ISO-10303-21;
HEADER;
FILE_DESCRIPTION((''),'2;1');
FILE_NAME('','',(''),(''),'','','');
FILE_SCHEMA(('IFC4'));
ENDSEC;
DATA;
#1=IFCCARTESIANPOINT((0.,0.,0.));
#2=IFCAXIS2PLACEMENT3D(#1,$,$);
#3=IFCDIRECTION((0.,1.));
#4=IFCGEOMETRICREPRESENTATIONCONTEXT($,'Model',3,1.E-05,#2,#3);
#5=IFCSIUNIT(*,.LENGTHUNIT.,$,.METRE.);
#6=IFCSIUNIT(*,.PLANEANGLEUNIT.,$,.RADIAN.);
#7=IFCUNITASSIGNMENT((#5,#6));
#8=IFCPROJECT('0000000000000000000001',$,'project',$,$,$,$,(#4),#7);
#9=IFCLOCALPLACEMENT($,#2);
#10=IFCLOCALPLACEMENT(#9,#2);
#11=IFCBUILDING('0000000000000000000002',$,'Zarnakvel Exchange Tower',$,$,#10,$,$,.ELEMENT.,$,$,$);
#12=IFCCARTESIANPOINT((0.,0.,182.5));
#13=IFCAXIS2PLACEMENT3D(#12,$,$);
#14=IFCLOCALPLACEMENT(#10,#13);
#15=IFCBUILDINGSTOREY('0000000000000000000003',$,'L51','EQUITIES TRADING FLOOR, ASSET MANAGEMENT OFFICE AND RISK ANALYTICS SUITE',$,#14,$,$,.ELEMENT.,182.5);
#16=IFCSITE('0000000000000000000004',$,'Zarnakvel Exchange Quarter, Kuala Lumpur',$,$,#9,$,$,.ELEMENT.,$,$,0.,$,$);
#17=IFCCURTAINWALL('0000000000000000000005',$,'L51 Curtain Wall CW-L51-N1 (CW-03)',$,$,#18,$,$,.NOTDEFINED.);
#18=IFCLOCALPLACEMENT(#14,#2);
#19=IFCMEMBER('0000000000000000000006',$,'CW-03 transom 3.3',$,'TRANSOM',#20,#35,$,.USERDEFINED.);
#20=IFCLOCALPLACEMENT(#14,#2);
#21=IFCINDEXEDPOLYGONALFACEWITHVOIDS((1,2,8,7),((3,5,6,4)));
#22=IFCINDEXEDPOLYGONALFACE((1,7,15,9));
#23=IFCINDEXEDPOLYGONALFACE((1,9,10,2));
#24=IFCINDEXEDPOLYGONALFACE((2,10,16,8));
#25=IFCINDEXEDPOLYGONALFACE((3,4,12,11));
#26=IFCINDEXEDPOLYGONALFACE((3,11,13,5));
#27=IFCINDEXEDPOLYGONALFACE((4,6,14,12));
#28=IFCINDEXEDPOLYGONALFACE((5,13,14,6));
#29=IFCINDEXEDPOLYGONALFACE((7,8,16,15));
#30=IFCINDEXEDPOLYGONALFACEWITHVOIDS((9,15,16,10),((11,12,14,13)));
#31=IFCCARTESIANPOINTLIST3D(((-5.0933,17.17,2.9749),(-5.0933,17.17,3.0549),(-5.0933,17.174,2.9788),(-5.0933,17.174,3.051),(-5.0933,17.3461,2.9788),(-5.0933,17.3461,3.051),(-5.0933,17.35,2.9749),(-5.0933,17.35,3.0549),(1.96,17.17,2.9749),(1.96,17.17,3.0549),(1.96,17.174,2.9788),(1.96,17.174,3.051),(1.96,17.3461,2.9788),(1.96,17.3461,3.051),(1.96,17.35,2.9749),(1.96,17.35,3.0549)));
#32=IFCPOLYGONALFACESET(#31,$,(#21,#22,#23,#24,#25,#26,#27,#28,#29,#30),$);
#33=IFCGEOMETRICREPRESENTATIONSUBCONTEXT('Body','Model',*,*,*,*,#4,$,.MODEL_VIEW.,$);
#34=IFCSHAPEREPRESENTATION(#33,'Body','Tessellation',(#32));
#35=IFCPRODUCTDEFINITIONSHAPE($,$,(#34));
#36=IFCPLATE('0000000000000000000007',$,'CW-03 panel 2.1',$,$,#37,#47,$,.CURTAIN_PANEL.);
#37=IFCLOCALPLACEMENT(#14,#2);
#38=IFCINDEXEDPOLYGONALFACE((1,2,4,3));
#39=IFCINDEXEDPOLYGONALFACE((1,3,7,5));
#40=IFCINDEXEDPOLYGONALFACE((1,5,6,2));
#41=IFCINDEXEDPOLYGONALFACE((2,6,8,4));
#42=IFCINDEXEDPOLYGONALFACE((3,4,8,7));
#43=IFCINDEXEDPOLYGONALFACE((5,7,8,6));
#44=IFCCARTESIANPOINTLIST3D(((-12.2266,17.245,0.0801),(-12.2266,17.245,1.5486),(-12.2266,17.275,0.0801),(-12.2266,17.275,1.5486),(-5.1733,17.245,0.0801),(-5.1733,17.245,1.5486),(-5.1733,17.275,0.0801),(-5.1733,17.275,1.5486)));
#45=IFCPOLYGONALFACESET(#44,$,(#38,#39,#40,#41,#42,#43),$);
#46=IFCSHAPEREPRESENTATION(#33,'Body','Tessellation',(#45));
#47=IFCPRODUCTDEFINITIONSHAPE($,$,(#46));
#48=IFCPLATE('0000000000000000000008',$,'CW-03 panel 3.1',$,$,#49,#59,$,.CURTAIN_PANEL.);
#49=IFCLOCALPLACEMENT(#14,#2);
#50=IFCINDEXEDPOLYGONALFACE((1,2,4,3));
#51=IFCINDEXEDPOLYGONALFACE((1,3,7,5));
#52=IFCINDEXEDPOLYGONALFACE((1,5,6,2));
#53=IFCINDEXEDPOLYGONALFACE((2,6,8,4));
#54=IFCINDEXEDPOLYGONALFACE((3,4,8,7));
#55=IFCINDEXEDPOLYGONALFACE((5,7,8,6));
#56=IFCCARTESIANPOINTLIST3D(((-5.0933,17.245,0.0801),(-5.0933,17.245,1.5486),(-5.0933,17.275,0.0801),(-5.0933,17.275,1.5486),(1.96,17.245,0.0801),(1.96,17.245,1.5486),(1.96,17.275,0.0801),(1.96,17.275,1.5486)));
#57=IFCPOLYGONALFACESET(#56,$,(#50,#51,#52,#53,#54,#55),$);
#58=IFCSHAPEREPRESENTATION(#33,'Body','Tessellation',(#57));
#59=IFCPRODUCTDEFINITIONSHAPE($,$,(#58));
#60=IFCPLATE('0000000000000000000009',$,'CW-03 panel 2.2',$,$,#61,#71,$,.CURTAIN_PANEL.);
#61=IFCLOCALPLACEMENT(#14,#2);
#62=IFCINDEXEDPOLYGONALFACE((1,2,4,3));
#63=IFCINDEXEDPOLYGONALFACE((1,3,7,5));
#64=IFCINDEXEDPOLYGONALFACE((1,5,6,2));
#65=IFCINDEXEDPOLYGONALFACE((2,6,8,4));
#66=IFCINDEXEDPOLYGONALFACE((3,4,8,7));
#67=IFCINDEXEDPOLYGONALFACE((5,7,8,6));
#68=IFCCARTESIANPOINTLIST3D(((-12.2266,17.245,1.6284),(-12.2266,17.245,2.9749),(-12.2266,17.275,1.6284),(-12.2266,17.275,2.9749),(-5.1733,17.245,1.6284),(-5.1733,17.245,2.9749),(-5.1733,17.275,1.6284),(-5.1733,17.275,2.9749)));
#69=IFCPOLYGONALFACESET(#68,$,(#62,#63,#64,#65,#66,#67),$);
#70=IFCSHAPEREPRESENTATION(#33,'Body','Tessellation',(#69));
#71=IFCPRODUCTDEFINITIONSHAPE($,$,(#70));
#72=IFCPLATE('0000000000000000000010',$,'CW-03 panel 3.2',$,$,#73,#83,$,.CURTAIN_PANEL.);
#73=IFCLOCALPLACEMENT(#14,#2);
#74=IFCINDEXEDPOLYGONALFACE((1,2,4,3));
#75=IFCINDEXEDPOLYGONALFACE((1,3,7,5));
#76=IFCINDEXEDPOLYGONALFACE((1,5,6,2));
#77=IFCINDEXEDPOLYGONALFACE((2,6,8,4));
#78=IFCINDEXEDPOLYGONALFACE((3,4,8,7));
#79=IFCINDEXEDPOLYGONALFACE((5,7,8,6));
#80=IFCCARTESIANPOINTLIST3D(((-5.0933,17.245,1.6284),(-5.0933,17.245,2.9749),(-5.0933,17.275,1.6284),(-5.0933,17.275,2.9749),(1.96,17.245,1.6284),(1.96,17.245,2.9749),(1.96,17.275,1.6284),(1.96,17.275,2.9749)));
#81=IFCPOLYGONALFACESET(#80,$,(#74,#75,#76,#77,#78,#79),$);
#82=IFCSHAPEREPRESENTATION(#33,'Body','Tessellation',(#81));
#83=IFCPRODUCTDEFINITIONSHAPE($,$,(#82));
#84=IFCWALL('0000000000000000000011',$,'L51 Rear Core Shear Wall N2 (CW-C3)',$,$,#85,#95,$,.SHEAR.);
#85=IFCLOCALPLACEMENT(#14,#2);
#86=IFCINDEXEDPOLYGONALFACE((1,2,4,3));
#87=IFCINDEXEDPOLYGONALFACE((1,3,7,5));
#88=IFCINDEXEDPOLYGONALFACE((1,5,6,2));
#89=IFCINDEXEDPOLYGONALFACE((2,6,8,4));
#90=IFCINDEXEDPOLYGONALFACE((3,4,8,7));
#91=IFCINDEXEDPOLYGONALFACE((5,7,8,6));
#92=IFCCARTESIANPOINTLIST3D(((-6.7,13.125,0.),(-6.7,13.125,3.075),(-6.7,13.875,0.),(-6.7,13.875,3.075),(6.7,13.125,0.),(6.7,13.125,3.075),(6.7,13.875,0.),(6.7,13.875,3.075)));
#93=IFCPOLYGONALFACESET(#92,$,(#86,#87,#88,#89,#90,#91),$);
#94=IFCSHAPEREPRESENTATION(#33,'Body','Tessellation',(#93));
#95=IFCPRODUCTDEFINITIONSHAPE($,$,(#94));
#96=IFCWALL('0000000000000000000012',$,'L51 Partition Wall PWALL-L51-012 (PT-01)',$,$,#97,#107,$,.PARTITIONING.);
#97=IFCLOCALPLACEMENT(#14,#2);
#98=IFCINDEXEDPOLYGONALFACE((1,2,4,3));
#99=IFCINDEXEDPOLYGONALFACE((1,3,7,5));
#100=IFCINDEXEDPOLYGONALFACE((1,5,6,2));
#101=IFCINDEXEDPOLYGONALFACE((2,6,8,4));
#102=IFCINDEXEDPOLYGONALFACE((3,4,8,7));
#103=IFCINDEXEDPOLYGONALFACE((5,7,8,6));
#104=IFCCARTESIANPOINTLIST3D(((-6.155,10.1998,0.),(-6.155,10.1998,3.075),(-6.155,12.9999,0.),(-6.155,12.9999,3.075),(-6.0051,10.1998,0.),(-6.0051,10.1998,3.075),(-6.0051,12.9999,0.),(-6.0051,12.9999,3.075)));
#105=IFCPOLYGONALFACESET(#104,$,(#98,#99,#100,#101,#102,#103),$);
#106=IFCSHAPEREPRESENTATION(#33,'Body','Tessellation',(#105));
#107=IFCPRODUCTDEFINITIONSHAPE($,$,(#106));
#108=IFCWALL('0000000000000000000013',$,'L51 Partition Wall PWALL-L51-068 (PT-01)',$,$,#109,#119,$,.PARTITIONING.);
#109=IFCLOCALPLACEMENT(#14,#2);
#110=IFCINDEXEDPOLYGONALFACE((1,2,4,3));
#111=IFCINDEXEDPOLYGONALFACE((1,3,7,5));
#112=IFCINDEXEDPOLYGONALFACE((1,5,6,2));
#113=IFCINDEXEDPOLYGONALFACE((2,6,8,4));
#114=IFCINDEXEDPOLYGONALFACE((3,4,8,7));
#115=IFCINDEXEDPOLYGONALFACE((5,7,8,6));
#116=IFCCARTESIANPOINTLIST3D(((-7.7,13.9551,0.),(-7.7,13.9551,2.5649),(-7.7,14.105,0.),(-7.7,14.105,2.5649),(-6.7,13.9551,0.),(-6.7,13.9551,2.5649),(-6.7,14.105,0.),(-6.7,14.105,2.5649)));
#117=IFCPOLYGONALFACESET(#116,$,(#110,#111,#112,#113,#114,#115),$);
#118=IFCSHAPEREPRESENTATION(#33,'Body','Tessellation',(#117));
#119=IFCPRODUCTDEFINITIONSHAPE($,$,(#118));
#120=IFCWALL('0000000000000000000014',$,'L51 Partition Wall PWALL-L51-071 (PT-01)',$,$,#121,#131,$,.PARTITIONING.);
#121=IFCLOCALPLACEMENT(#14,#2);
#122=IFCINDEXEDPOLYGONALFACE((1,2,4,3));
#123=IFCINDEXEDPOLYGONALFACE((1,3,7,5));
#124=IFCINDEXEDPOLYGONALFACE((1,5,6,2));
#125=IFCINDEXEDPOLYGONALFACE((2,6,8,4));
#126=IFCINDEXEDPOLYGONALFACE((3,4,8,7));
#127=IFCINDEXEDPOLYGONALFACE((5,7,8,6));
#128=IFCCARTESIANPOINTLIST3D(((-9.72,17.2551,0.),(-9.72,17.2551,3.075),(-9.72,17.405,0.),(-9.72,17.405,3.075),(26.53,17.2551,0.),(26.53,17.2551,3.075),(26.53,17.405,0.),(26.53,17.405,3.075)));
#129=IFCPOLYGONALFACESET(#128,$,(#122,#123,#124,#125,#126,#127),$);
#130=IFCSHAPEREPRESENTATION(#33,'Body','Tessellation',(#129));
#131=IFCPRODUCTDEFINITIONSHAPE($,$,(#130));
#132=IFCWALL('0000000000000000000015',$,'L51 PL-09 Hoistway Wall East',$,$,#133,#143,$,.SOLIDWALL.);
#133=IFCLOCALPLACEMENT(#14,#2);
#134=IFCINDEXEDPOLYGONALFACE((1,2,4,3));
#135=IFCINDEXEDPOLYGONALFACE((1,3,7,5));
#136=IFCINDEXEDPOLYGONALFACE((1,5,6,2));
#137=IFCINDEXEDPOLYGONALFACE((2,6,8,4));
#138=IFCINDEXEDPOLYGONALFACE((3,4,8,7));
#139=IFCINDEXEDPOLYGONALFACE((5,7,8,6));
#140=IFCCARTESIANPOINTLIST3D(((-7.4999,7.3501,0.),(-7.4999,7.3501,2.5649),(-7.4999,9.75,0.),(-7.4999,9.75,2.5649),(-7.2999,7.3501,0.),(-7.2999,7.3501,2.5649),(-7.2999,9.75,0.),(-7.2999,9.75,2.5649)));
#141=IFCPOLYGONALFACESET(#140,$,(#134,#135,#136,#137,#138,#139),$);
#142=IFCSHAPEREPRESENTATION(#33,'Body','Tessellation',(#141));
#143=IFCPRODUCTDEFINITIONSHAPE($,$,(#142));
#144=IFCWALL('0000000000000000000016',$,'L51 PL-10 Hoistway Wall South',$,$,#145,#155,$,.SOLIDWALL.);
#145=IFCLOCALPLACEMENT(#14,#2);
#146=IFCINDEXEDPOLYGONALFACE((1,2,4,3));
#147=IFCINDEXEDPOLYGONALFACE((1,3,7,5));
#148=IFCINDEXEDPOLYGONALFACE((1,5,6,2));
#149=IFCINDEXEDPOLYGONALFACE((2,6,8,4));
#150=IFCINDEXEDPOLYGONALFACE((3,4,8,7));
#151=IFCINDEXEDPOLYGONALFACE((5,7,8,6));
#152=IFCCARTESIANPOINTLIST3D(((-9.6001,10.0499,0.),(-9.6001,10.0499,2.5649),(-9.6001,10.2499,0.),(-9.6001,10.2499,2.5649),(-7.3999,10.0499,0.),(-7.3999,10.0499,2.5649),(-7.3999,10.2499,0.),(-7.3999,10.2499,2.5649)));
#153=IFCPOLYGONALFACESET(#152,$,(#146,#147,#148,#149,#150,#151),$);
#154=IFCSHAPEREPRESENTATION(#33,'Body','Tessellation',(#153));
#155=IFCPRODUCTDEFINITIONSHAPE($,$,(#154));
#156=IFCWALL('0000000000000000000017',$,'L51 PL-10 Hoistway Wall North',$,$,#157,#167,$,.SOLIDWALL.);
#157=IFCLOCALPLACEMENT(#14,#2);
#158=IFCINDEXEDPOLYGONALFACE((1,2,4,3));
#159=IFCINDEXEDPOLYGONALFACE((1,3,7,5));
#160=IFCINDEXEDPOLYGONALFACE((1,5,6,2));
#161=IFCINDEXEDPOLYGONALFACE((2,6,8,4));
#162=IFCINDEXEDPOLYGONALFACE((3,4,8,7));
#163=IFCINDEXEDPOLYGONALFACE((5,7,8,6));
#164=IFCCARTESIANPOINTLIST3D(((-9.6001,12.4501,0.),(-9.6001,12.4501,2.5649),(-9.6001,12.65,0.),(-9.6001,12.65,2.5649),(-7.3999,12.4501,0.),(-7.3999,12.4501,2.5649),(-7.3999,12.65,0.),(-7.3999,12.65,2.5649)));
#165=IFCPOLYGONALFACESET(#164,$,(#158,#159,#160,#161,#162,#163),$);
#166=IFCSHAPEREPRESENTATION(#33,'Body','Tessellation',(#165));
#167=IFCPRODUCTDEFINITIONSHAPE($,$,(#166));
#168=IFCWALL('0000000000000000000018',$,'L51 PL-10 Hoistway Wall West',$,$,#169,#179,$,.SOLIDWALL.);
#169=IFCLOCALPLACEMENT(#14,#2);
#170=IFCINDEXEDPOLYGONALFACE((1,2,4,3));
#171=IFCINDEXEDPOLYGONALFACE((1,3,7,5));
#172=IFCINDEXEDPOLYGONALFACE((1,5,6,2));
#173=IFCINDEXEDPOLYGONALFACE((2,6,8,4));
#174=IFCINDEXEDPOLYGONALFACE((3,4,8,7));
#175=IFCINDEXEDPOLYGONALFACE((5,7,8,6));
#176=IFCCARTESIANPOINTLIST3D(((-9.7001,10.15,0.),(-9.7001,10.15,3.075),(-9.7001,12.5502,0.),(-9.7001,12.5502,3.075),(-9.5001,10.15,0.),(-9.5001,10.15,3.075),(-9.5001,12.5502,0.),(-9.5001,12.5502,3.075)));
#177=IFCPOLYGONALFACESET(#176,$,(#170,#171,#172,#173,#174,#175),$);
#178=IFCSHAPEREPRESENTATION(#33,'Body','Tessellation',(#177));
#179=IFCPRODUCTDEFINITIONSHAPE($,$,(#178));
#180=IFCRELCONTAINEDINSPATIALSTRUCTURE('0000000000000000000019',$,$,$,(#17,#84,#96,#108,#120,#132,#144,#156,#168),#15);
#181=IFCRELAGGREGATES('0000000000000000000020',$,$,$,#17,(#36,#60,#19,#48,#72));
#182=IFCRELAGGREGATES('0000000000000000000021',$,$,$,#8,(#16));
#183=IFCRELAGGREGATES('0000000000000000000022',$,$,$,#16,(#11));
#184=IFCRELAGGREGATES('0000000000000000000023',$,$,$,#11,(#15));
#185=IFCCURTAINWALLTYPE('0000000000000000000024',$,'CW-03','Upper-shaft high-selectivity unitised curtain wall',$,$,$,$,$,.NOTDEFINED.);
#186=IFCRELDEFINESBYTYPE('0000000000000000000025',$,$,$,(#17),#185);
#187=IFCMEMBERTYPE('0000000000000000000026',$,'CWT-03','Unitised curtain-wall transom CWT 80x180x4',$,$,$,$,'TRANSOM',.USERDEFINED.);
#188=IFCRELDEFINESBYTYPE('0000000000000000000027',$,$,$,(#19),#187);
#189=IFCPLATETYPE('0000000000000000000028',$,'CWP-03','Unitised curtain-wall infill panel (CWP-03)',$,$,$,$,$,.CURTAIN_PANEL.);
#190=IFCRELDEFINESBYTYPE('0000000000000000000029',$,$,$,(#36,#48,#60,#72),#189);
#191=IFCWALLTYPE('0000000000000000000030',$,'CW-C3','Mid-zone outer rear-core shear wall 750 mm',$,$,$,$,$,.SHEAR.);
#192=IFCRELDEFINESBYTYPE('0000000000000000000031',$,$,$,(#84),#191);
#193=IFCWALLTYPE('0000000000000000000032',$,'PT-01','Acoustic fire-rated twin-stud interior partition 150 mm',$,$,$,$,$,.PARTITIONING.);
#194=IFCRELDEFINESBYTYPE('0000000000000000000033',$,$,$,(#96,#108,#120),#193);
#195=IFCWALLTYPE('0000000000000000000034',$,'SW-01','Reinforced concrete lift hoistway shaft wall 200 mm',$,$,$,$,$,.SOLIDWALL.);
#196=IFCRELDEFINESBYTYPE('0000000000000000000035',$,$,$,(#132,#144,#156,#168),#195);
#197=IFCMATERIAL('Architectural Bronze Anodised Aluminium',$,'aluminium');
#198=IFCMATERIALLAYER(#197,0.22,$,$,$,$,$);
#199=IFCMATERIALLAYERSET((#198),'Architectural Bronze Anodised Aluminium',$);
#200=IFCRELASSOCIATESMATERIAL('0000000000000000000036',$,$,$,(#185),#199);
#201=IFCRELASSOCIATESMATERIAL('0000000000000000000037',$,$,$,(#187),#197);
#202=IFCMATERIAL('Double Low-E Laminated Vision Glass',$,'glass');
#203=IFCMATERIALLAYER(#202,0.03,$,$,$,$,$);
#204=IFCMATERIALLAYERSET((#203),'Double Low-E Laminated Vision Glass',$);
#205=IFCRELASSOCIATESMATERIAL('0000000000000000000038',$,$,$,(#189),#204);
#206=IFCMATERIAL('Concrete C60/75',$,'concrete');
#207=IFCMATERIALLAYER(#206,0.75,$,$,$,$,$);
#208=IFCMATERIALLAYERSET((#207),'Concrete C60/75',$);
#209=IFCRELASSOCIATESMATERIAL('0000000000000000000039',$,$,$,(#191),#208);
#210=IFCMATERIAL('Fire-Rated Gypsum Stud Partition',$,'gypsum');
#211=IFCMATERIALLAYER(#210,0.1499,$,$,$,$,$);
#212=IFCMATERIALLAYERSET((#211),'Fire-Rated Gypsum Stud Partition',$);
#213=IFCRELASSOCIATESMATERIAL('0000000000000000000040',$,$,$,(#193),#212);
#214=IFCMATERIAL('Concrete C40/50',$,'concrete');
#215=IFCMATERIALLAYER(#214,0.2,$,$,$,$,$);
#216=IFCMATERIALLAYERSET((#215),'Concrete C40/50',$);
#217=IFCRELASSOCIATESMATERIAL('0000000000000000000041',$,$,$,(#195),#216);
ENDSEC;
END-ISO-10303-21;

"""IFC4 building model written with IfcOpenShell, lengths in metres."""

from ifc_helpers import new_model, si_unit, direction, frame, frame_2d, origin, origin_2d, place, context, subcontext, project, spatial, rectangle, hollow_rectangle, extrude, source, transform, mapped, material, layer, layer_set, material_profile, profile_set, type_object, element, aggregate, save


model = new_model("IFC4")

# Units and contexts
model_context = context("Model", 3, precision=1e-05, world=origin(), true_north=direction((0.0, 1.0)))
body_context = subcontext(model_context, "Body", "Model", "MODEL_VIEW")
ifc_project = project(units=[si_unit("LENGTHUNIT", "METRE"), si_unit("PLANEANGLEUNIT", "RADIAN")], contexts=[model_context])

# Site, building, storey
site_placement = place(None, origin())
site = spatial("IfcSite", under=ifc_project, at=site_placement, Name="Zarnakvel Exchange Quarter, Kuala Lumpur", CompositionType="ELEMENT", RefElevation=0.0)
building_placement = place(site_placement, origin())
building = spatial("IfcBuilding", under=site, at=building_placement, Name="Zarnakvel Exchange Tower", CompositionType="ELEMENT")
storey_placement = place(building_placement, frame((0.0, 0.0, 182.5)))
storey = spatial("IfcBuildingStorey", under=building, at=storey_placement, Name="L51", Description="EQUITIES TRADING FLOOR, ASSET MANAGEMENT OFFICE AND RISK ANALYTICS SUITE", CompositionType="ELEMENT", Elevation=182.5)

# Shared definitions
ifc_material_1 = material(Name="Concrete C60/75", Category="concrete")

# Curtain wall, member, plates
ifc_material_2 = material(Name="Architectural Bronze Anodised Aluminium", Category="aluminium")
ifc_layer_1 = layer(ifc_material_2, 0.22)
ifc_layer_set_1 = layer_set([ifc_layer_1], Name="Architectural Bronze Anodised Aluminium")
curtain_wall_type = type_object("IfcCurtainWallType", Name="CW-03", Description="Upper-shaft high-selectivity unitised curtain wall", PredefinedType="NOTDEFINED", material=ifc_layer_set_1)
curtain_wall_placement = place(storey_placement, origin())
curtain_wall = element("IfcCurtainWall", 1, at=curtain_wall_placement, inside=storey, type_object=curtain_wall_type, Name="L51 Curtain Wall CW-L51-N1 (CW-03)", PredefinedType="NOTDEFINED")
ifc_material_profile_1 = material_profile(ifc_material_2, hollow_rectangle(XDim=0.1799, YDim=0.0801, WallThickness=0.0039, at=origin_2d()))
ifc_profile_set_1 = profile_set([ifc_material_profile_1], Name="Architectural Bronze Anodised Aluminium")
member_type_1 = type_object("IfcMemberType", Name="CWT-03", Description="Unitised curtain-wall transom CWT 80x180x4", ElementType="TRANSOM", PredefinedType="USERDEFINED", material=ifc_profile_set_1)
shared_shape_1 = source(origin(), body_context, "Body", "SweptSolid", [
    extrude(hollow_rectangle(XDim=0.1799, YDim=0.0801, WallThickness=0.0039, at=origin_2d()), origin(), (0.0, 0.0, 1.0), 7.0532),
])
member_1_placement = place(storey_placement, frame((-5.0933, 17.26, 3.0149), z_axis=(1.0, 0.0, 0.0), x_axis=(0.0, 1.0, 0.0)))
member_1 = element("IfcMember", 2, at=member_1_placement, type_object=member_type_1, Name="CW-03 transom 3.3", ObjectType="TRANSOM", PredefinedType="USERDEFINED", context=body_context, shape_type="MappedRepresentation", body=[
    mapped(shared_shape_1, transform((0.0, 0.0, 0.0), x_axis=(1.0, 0.0, 0.0), y_axis=(0.0, 1.0, 0.0), z_axis=(0.0, 0.0, 1.0), scale=1.0)),
])
ifc_material_3 = material(Name="Double Low-E Laminated Vision Glass", Category="glass")
ifc_layer_2 = layer(ifc_material_3, 0.03)
ifc_layer_set_2 = layer_set([ifc_layer_2], Name="Double Low-E Laminated Vision Glass")
plate_type = type_object("IfcPlateType", Name="CWP-03", Description="Unitised curtain-wall infill panel (CWP-03)", PredefinedType="CURTAIN_PANEL", material=ifc_layer_set_2)
shared_shape_2 = source(origin(), body_context, "Body", "SweptSolid", [
    extrude(rectangle(XDim=7.0532, YDim=0.03, at=origin_2d()), origin(), (0.0, 0.0, 1.0), 1.4685),
])
plate_1_placement = place(storey_placement, frame((-8.7, 17.26, 0.0801), z_axis=(0.0, 0.0, 1.0), x_axis=(1.0, 0.0, 0.0)))
plate_1 = element("IfcPlate", 3, at=plate_1_placement, type_object=plate_type, Name="CW-03 panel 2.1", PredefinedType="CURTAIN_PANEL", context=body_context, shape_type="MappedRepresentation", body=[
    mapped(shared_shape_2, transform((0.0, 0.0, 0.0), x_axis=(1.0, 0.0, 0.0), y_axis=(0.0, 1.0, 0.0), z_axis=(0.0, 0.0, 1.0), scale=1.0)),
])
plate_2_placement = place(storey_placement, frame((-1.5667, 17.26, 0.0801), z_axis=(0.0, 0.0, 1.0), x_axis=(1.0, 0.0, 0.0)))
plate_2 = element("IfcPlate", 4, at=plate_2_placement, type_object=plate_type, Name="CW-03 panel 3.1", PredefinedType="CURTAIN_PANEL", context=body_context, shape_type="MappedRepresentation", body=[
    mapped(shared_shape_2, transform((0.0, 0.0, 0.0), x_axis=(1.0, 0.0, 0.0), y_axis=(0.0, 1.0, 0.0), z_axis=(0.0, 0.0, 1.0), scale=1.0)),
])
shared_shape_3 = source(origin(), body_context, "Body", "SweptSolid", [
    extrude(rectangle(XDim=7.0532, YDim=0.03, at=origin_2d()), origin(), (0.0, 0.0, 1.0), 1.3464),
])
plate_3_placement = place(storey_placement, frame((-8.7, 17.26, 1.6284), z_axis=(0.0, 0.0, 1.0), x_axis=(1.0, 0.0, 0.0)))
plate_3 = element("IfcPlate", 5, at=plate_3_placement, type_object=plate_type, Name="CW-03 panel 2.2", PredefinedType="CURTAIN_PANEL", context=body_context, shape_type="MappedRepresentation", body=[
    mapped(shared_shape_3, transform((0.0, 0.0, 0.0), x_axis=(1.0, 0.0, 0.0), y_axis=(0.0, 1.0, 0.0), z_axis=(0.0, 0.0, 1.0), scale=1.0)),
])
plate_4_placement = place(storey_placement, frame((-1.5667, 17.26, 1.6284), z_axis=(0.0, 0.0, 1.0), x_axis=(1.0, 0.0, 0.0)))
plate_4 = element("IfcPlate", 6, at=plate_4_placement, type_object=plate_type, Name="CW-03 panel 3.2", PredefinedType="CURTAIN_PANEL", context=body_context, shape_type="MappedRepresentation", body=[
    mapped(shared_shape_3, transform((0.0, 0.0, 0.0), x_axis=(1.0, 0.0, 0.0), y_axis=(0.0, 1.0, 0.0), z_axis=(0.0, 0.0, 1.0), scale=1.0)),
])
aggregate(curtain_wall, [plate_1, plate_3, member_1, plate_2, plate_4])

# Walls
ifc_layer_3 = layer(ifc_material_1, 0.75)
ifc_layer_set_3 = layer_set([ifc_layer_3], Name="Concrete C60/75")
wall_type_1 = type_object("IfcWallType", Name="CW-C3", Description="Mid-zone outer rear-core shear wall 750 mm", PredefinedType="SHEAR", material=ifc_layer_set_3)
wall_1_placement = place(storey_placement, frame((-6.7, 13.5, 0.0), z_axis=(0.0, 0.0, 1.0), x_axis=(1.0, 0.0, 0.0)))
element("IfcWall", 7, at=wall_1_placement, inside=storey, type_object=wall_type_1, Name="L51 Rear Core Shear Wall N2 (CW-C3)", PredefinedType="SHEAR", context=body_context, shape_type="SweptSolid", body=[
    extrude(rectangle(XDim=13.3999, YDim=0.75, at=frame_2d((6.7, 0.0))), origin(), (0.0, 0.0, 1.0), 3.075),
])
ifc_material_4 = material(Name="Fire-Rated Gypsum Stud Partition", Category="gypsum")
ifc_layer_4 = layer(ifc_material_4, 0.1499)
ifc_layer_set_4 = layer_set([ifc_layer_4], Name="Fire-Rated Gypsum Stud Partition")
wall_type_2 = type_object("IfcWallType", Name="PT-01", Description="Acoustic fire-rated twin-stud interior partition 150 mm", PredefinedType="PARTITIONING", material=ifc_layer_set_4)
wall_2_placement = place(storey_placement, frame((-6.0801, 10.2, 0.0), z_axis=(0.0, 0.0, 1.0), x_axis=(0.0, 1.0, 0.0)))
element("IfcWall", 8, at=wall_2_placement, inside=storey, type_object=wall_type_2, Name="L51 Partition Wall PWALL-L51-012 (PT-01)", PredefinedType="PARTITIONING", context=body_context, shape_type="SweptSolid", body=[
    extrude(rectangle(XDim=2.8, YDim=0.1499, at=frame_2d((1.3999, 0.0))), origin(), (0.0, 0.0, 1.0), 3.075),
])
wall_3_placement = place(storey_placement, frame((-6.7, 14.03, 0.0), z_axis=(0.0, 0.0, 1.0), x_axis=(-1.0, 0.0, 0.0)))
element("IfcWall", 9, at=wall_3_placement, inside=storey, type_object=wall_type_2, Name="L51 Partition Wall PWALL-L51-068 (PT-01)", PredefinedType="PARTITIONING", context=body_context, shape_type="SweptSolid", body=[
    extrude(rectangle(XDim=1.0, YDim=0.1499, at=frame_2d((0.5, 0.0))), origin(), (0.0, 0.0, 1.0), 2.5649),
])
wall_4_placement = place(storey_placement, frame((-9.72, 17.3301, 0.0), z_axis=(0.0, 0.0, 1.0), x_axis=(1.0, 0.0, 0.0)))
element("IfcWall", 10, at=wall_4_placement, inside=storey, type_object=wall_type_2, Name="L51 Partition Wall PWALL-L51-071 (PT-01)", PredefinedType="PARTITIONING", context=body_context, shape_type="SweptSolid", body=[
    extrude(rectangle(XDim=36.25, YDim=0.1499, at=frame_2d((18.125, 0.0))), origin(), (0.0, 0.0, 1.0), 3.075),
])

# Walls
ifc_material_5 = material(Name="Concrete C40/50", Category="concrete")
ifc_layer_5 = layer(ifc_material_5, 0.2)
ifc_layer_set_5 = layer_set([ifc_layer_5], Name="Concrete C40/50")
wall_type_3 = type_object("IfcWallType", Name="SW-01", Description="Reinforced concrete lift hoistway shaft wall 200 mm", PredefinedType="SOLIDWALL", material=ifc_layer_set_5)
wall_5_placement = place(storey_placement, frame((-7.3999, 9.75, 0.0), z_axis=(0.0, 0.0, 1.0), x_axis=(0.0, -1.0, 0.0)))
element("IfcWall", 11, at=wall_5_placement, inside=storey, type_object=wall_type_3, Name="L51 PL-09 Hoistway Wall East", PredefinedType="SOLIDWALL", context=body_context, shape_type="SweptSolid", body=[
    extrude(rectangle(XDim=2.3999, YDim=0.2, at=frame_2d((1.2, 0.0))), origin(), (0.0, 0.0, 1.0), 2.5649),
])
for number, where, z_axis, x_axis, name in (
    (12, (-7.3999, 10.1499, 0.0), (0.0, 0.0, 1.0), (-1.0, 0.0, 0.0), "L51 PL-10 Hoistway Wall South"),
    (13, (-9.6001, 12.55, 0.0), (0.0, 0.0, 1.0), (1.0, 0.0, 0.0), "L51 PL-10 Hoistway Wall North"),
):
    element("IfcWall", number, at=place(storey_placement, frame(where, z_axis=z_axis, x_axis=x_axis)), inside=storey, type_object=wall_type_3, Name=name, PredefinedType="SOLIDWALL", context=body_context, shape_type="SweptSolid", body=[
        extrude(rectangle(XDim=2.2002, YDim=0.2, at=frame_2d((1.1001, 0.0))), origin(), (0.0, 0.0, 1.0), 2.5649),
    ])
wall_6_placement = place(storey_placement, frame((-9.6001, 10.1499, 0.0), z_axis=(0.0, 0.0, 1.0), x_axis=(0.0, 1.0, 0.0)))
element("IfcWall", 14, at=wall_6_placement, inside=storey, type_object=wall_type_3, Name="L51 PL-10 Hoistway Wall West", PredefinedType="SOLIDWALL", context=body_context, shape_type="SweptSolid", body=[
    extrude(rectangle(XDim=2.4001, YDim=0.2, at=frame_2d((1.2002, 0.0))), origin(), (0.0, 0.0, 1.0), 3.075),
])

save(model, "model.ifc")
